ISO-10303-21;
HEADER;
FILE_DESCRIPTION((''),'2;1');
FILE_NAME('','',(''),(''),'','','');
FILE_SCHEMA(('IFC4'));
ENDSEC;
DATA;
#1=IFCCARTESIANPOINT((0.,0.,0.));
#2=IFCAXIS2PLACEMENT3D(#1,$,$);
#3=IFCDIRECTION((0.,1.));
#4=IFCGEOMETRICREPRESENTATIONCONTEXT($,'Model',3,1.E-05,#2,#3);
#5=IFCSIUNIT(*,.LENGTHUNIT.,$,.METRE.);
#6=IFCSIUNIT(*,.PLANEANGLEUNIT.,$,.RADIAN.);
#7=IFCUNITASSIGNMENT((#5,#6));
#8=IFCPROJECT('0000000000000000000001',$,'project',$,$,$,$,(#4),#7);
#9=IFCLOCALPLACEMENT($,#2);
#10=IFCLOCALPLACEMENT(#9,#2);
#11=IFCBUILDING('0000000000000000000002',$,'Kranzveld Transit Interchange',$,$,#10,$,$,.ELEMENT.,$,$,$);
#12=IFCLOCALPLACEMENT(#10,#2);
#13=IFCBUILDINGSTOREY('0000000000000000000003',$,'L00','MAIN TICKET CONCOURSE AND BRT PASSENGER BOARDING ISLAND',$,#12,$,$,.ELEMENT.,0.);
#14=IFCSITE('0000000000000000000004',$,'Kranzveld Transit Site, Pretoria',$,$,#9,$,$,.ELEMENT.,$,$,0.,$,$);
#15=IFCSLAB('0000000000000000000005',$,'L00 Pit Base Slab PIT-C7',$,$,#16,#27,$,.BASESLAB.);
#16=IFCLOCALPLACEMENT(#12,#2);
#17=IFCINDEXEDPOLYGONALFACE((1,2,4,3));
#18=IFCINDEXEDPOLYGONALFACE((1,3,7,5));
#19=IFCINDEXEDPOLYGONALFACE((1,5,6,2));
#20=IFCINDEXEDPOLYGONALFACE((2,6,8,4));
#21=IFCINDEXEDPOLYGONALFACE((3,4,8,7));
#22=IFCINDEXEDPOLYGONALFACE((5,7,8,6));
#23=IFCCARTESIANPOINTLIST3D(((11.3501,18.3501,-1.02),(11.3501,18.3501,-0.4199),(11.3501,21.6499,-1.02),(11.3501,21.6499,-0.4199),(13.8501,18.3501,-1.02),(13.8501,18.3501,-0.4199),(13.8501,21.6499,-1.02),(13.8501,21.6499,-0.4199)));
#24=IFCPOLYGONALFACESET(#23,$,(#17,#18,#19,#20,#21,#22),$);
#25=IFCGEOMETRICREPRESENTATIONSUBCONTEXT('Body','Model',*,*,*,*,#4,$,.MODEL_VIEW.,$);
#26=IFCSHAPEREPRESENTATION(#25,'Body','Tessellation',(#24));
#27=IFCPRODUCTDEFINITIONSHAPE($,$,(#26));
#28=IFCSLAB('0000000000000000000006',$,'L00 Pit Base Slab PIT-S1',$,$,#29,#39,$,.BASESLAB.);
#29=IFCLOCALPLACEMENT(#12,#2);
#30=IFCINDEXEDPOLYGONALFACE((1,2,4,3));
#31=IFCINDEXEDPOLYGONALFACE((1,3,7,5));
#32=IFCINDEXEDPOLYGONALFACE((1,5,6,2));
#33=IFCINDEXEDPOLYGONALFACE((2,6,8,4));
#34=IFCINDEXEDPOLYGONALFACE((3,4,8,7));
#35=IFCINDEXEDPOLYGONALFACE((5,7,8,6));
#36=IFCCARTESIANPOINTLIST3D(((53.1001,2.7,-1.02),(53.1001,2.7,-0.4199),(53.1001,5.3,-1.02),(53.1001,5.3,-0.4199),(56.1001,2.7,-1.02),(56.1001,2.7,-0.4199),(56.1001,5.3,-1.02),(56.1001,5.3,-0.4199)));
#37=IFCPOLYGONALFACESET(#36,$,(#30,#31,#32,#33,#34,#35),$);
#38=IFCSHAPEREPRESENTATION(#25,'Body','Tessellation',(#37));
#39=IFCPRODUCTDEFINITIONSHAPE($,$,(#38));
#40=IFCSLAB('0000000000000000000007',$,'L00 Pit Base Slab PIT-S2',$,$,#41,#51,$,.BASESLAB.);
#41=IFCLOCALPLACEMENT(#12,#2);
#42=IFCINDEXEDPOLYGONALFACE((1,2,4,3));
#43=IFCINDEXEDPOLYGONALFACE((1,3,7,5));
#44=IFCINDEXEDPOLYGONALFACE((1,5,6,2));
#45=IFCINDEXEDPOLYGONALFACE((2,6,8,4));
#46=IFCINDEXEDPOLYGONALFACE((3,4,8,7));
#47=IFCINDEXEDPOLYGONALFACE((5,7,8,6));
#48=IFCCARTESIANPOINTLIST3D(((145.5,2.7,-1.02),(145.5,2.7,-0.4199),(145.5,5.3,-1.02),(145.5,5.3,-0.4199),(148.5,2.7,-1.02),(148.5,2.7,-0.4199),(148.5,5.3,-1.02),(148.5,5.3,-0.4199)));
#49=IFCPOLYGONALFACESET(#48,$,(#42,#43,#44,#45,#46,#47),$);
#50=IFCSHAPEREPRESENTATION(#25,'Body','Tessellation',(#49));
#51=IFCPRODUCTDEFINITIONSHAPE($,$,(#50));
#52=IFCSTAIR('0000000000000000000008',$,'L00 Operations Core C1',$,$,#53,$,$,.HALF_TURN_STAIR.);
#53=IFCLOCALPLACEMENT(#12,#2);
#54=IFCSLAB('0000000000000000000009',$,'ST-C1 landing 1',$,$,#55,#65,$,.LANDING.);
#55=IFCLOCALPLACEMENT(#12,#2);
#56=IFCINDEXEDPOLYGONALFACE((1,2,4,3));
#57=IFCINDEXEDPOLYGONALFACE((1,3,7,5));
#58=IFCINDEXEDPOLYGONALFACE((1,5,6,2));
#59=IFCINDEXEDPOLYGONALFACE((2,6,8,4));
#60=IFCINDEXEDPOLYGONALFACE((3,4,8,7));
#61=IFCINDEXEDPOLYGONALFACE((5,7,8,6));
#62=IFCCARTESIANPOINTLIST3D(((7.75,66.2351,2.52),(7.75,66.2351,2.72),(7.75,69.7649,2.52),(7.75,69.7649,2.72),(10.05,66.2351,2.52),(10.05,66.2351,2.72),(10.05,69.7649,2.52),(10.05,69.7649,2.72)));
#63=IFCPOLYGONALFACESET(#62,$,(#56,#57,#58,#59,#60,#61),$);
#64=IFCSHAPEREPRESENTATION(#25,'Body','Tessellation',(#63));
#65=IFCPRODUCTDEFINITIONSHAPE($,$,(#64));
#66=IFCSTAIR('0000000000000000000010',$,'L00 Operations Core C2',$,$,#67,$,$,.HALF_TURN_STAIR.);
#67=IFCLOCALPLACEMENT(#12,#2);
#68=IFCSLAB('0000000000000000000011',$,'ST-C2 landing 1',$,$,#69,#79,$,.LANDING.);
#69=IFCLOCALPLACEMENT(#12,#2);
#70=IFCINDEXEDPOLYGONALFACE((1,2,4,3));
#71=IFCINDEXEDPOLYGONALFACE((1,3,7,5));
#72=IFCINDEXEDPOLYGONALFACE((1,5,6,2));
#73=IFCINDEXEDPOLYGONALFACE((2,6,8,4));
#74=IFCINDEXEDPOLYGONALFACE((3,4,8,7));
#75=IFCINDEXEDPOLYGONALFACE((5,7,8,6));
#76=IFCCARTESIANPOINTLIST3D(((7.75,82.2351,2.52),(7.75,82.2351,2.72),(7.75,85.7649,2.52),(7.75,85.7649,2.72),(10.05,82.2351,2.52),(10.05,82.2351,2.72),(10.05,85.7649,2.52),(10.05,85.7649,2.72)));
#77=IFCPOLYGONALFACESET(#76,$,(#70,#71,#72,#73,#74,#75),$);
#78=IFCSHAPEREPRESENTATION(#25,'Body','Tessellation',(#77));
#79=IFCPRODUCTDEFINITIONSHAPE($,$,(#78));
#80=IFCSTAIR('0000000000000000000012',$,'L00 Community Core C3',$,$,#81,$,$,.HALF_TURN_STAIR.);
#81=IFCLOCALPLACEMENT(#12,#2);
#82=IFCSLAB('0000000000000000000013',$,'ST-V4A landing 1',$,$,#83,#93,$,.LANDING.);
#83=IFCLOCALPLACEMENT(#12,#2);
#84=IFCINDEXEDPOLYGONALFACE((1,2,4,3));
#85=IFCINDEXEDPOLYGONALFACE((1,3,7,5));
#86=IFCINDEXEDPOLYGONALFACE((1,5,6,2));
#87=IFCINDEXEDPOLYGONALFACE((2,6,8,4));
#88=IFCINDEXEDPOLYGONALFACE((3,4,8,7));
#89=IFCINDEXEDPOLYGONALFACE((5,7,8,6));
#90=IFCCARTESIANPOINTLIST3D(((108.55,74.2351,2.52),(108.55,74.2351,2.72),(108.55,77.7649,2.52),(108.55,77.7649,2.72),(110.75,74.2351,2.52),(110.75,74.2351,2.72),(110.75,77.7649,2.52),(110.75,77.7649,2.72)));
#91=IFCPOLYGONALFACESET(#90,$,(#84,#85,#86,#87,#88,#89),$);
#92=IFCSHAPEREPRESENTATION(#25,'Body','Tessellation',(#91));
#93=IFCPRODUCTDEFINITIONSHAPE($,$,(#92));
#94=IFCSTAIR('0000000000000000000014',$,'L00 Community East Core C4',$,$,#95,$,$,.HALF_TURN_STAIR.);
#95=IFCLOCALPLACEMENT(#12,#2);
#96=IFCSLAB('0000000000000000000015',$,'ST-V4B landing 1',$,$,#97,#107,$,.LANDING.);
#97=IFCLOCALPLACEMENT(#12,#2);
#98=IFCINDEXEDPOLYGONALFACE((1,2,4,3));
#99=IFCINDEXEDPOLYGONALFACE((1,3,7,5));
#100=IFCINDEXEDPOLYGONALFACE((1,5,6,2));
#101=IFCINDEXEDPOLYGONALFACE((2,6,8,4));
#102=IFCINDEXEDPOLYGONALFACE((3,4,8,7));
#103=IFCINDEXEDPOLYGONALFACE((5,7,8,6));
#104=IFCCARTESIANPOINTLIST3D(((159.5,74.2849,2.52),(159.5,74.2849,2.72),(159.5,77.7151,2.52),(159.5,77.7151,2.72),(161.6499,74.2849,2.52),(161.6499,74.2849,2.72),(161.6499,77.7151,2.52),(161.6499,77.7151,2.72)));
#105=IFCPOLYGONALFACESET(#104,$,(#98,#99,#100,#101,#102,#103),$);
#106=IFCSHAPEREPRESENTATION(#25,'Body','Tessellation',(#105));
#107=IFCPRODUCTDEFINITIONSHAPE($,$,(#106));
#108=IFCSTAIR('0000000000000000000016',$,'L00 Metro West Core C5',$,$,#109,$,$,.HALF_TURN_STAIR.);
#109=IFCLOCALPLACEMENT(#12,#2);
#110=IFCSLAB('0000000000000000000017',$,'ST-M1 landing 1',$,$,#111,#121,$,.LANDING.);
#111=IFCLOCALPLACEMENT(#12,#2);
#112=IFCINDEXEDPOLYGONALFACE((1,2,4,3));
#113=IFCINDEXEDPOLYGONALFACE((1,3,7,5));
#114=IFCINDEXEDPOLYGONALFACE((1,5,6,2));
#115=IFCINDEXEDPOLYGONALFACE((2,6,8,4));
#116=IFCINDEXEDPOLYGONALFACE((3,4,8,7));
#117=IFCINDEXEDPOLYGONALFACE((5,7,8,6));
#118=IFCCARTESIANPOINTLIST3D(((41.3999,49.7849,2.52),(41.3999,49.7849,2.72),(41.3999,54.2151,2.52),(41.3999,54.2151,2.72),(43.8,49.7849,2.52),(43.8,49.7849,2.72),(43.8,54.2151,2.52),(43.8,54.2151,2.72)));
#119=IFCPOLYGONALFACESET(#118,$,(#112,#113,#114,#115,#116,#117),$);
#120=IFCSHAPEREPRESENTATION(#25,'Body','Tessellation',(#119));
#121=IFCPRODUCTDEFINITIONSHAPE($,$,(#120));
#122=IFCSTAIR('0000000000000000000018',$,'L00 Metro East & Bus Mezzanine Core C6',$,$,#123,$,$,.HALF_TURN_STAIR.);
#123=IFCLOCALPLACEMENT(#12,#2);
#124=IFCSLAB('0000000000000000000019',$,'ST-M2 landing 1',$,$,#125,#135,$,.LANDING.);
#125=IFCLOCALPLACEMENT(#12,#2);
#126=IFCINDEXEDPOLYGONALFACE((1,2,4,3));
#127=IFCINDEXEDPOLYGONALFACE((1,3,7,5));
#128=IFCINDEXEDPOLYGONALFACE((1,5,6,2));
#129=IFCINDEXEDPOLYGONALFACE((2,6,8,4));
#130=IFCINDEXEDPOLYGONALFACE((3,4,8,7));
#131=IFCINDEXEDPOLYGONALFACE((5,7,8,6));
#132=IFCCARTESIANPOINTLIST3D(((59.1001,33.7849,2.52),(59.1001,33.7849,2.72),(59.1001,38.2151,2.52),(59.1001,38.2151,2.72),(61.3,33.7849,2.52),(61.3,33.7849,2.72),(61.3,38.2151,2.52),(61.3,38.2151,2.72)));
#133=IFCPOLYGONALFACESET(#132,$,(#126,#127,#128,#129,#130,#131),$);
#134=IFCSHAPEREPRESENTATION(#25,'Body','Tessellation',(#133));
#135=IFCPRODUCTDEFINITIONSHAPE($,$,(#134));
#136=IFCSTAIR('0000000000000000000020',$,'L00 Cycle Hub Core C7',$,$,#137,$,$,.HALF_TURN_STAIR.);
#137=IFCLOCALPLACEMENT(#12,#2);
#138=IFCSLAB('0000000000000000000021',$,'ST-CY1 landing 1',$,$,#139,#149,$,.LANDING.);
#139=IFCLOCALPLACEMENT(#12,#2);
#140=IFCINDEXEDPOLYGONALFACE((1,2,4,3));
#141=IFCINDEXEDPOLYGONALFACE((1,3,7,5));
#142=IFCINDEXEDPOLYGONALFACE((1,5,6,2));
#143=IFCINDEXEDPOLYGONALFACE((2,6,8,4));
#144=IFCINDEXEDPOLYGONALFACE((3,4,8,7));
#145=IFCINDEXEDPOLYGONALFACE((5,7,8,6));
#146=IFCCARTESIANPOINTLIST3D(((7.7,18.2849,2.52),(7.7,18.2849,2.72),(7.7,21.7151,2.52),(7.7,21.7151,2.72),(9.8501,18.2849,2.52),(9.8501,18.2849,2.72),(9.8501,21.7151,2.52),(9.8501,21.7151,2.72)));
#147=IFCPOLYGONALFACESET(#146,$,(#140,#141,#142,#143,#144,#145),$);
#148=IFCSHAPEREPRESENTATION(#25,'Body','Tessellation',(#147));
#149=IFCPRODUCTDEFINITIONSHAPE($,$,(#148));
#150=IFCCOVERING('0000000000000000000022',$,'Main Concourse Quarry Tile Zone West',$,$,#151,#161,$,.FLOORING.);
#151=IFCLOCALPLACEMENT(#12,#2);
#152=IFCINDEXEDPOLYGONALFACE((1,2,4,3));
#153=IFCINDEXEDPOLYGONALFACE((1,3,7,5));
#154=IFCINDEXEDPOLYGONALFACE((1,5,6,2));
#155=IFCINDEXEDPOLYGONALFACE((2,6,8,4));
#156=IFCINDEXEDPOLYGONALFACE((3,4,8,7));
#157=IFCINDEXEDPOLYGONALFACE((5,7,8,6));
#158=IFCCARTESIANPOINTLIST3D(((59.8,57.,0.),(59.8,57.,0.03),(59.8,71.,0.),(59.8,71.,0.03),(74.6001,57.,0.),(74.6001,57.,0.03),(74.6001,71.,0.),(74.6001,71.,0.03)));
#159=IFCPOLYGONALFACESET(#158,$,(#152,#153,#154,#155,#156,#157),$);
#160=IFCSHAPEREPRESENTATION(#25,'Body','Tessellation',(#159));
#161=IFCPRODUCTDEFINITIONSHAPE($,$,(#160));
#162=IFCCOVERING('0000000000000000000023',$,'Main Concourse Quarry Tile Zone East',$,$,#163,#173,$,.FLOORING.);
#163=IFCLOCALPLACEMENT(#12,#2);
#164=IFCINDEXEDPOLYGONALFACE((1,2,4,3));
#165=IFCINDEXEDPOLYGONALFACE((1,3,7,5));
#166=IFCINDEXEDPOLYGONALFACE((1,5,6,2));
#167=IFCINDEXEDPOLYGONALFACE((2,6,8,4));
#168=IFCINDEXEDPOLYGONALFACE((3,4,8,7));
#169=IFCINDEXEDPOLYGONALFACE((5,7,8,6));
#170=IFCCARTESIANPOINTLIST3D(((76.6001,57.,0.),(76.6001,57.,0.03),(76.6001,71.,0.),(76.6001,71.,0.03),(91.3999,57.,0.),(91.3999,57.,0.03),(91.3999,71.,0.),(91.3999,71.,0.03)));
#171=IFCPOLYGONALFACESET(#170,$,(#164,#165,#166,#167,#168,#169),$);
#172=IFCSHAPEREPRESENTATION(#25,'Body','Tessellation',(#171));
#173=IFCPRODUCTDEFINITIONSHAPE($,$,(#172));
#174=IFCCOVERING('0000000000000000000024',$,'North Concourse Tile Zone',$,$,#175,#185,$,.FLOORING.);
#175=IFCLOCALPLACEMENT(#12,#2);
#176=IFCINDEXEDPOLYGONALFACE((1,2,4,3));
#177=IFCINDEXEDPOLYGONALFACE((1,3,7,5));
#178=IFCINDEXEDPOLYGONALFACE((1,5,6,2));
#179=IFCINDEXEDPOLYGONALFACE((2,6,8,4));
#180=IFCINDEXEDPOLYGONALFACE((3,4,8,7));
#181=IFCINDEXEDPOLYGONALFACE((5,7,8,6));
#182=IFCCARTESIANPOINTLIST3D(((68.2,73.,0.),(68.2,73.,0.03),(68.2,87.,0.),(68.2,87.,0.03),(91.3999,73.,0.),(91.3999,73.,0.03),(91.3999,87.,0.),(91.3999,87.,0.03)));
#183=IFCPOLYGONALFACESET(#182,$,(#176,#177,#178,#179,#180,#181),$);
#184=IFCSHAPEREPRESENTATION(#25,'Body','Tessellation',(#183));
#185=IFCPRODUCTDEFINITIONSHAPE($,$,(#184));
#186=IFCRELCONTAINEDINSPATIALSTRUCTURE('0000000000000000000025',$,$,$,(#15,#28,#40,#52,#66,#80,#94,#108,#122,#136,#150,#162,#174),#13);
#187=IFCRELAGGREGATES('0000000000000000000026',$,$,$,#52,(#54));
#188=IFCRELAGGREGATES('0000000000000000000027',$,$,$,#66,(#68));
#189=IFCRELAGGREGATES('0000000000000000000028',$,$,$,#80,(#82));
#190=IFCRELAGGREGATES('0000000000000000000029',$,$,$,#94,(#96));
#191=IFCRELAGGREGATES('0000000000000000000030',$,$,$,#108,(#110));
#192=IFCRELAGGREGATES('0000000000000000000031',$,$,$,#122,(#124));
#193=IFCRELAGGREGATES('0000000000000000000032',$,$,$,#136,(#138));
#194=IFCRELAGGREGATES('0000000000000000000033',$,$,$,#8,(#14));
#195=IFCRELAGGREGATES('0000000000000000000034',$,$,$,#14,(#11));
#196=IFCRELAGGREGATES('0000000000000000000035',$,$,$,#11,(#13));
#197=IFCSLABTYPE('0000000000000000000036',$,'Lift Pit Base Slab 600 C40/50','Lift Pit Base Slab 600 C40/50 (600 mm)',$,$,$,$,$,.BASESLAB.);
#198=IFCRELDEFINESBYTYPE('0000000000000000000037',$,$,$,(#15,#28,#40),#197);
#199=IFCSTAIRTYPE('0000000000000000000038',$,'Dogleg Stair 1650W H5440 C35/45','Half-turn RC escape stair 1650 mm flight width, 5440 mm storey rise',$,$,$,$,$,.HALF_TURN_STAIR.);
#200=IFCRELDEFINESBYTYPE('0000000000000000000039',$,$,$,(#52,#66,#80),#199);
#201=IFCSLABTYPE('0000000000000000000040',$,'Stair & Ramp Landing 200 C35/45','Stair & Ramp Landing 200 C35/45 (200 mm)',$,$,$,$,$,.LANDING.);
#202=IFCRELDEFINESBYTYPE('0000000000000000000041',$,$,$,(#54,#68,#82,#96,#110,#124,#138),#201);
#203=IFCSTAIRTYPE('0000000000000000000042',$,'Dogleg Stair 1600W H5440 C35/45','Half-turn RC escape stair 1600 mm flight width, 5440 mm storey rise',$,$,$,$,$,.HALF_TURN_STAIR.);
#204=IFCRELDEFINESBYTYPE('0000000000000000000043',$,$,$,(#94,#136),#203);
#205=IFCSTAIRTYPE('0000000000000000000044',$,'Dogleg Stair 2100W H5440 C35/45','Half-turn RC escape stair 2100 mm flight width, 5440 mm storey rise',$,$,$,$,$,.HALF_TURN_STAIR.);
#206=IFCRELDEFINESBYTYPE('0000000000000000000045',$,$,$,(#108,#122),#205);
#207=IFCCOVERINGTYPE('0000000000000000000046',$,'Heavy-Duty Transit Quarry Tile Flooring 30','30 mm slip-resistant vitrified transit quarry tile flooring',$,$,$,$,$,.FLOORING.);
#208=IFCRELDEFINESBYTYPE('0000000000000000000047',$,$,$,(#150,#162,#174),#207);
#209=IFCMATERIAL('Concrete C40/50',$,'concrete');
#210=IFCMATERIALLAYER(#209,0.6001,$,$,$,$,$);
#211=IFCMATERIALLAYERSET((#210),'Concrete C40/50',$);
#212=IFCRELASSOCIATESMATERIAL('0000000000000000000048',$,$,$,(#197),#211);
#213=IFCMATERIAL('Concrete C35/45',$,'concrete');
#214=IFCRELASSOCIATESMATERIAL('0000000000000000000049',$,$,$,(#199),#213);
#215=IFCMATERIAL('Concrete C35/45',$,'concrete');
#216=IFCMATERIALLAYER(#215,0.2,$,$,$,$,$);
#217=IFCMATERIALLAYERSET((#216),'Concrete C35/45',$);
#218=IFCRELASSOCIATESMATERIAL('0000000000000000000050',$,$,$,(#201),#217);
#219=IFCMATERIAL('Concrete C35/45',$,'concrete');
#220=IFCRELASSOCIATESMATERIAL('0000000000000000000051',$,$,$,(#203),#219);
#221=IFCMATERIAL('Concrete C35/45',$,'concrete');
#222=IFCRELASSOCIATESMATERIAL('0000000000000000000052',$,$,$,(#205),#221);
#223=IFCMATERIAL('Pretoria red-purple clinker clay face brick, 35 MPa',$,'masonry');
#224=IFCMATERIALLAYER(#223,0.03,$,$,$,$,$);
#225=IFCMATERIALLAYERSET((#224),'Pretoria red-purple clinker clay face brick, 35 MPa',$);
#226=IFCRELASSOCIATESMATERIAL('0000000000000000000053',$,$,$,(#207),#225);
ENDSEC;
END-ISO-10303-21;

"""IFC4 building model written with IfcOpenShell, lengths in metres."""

from ifc_helpers import new_model, si_unit, direction, frame, origin, place, context, subcontext, project, spatial, polyline, outline, extrude, material, layer, layer_set, type_object, element, aggregate, save


model = new_model("IFC4")

# Units and contexts
model_context = context("Model", 3, precision=1e-05, world=origin(), true_north=direction((0.0, 1.0)))
body_context = subcontext(model_context, "Body", "Model", "MODEL_VIEW")
ifc_project = project(units=[si_unit("LENGTHUNIT", "METRE"), si_unit("PLANEANGLEUNIT", "RADIAN")], contexts=[model_context])

# Site, building, storey
site_placement = place(None, origin())
site = spatial("IfcSite", under=ifc_project, at=site_placement, Name="Kranzveld Transit Site, Pretoria", CompositionType="ELEMENT", RefElevation=0.0)
building_placement = place(site_placement, origin())
building = spatial("IfcBuilding", under=site, at=building_placement, Name="Kranzveld Transit Interchange", CompositionType="ELEMENT")
storey_placement = place(building_placement, origin())
storey = spatial("IfcBuildingStorey", under=building, at=storey_placement, Name="L00", Description="MAIN TICKET CONCOURSE AND BRT PASSENGER BOARDING ISLAND", CompositionType="ELEMENT", Elevation=0.0)

# Slabs
ifc_material_1 = material(Name="Concrete C40/50", Category="concrete")
ifc_layer_1 = layer(ifc_material_1, 0.6001)
ifc_layer_set_1 = layer_set([ifc_layer_1], Name="Concrete C40/50")
slab_type_1 = type_object("IfcSlabType", Name="Lift Pit Base Slab 600 C40/50", Description="Lift Pit Base Slab 600 C40/50 (600 mm)", PredefinedType="BASESLAB", material=ifc_layer_set_1)
slab_1_placement = place(storey_placement, frame((0.0, 0.0, -1.02)))
element("IfcSlab", 1, at=slab_1_placement, inside=storey, type_object=slab_type_1, Name="L00 Pit Base Slab PIT-C7", PredefinedType="BASESLAB", context=body_context, shape_type="SweptSolid", body=[
    extrude(outline(polyline([(11.3501, 18.3501), (13.8501, 18.3501), (13.8501, 21.6499), (11.3501, 21.6499), (11.3501, 18.3501)])), origin(), (0.0, 0.0, 1.0), 0.6001),
])
slab_2_placement = place(storey_placement, frame((0.0, 0.0, -1.02)))
element("IfcSlab", 2, at=slab_2_placement, inside=storey, type_object=slab_type_1, Name="L00 Pit Base Slab PIT-S1", PredefinedType="BASESLAB", context=body_context, shape_type="SweptSolid", body=[
    extrude(outline(polyline([(53.1001, 2.7), (56.1001, 2.7), (56.1001, 5.3), (53.1001, 5.3), (53.1001, 2.7)])), origin(), (0.0, 0.0, 1.0), 0.6001),
])
slab_3_placement = place(storey_placement, frame((0.0, 0.0, -1.02)))
element("IfcSlab", 3, at=slab_3_placement, inside=storey, type_object=slab_type_1, Name="L00 Pit Base Slab PIT-S2", PredefinedType="BASESLAB", context=body_context, shape_type="SweptSolid", body=[
    extrude(outline(polyline([(145.5, 2.7), (148.5, 2.7), (148.5, 5.3), (145.5, 5.3), (145.5, 2.7)])), origin(), (0.0, 0.0, 1.0), 0.6001),
])

# Stairs, slabs
ifc_material_2 = material(Name="Concrete C35/45", Category="concrete")
stair_type_1 = type_object("IfcStairType", Name="Dogleg Stair 1650W H5440 C35/45", Description="Half-turn RC escape stair 1650 mm flight width, 5440 mm storey rise", PredefinedType="HALF_TURN_STAIR", material=ifc_material_2)
stair_1_placement = place(storey_placement, origin())
stair_1 = element("IfcStair", 4, at=stair_1_placement, inside=storey, type_object=stair_type_1, Name="L00 Operations Core C1", PredefinedType="HALF_TURN_STAIR")
ifc_material_3 = material(Name="Concrete C35/45", Category="concrete")
ifc_layer_2 = layer(ifc_material_3, 0.2)
ifc_layer_set_2 = layer_set([ifc_layer_2], Name="Concrete C35/45")
slab_type_2 = type_object("IfcSlabType", Name="Stair & Ramp Landing 200 C35/45", Description="Stair & Ramp Landing 200 C35/45 (200 mm)", PredefinedType="LANDING", material=ifc_layer_set_2)
slab_4_placement = place(storey_placement, frame((0.0, 0.0, 2.52)))
slab_4 = element("IfcSlab", 5, at=slab_4_placement, type_object=slab_type_2, Name="ST-C1 landing 1", PredefinedType="LANDING", context=body_context, shape_type="SweptSolid", body=[
    extrude(outline(polyline([(7.75, 66.2351), (10.05, 66.2351), (10.05, 69.7649), (7.75, 69.7649), (7.75, 66.2351)])), origin(), (0.0, 0.0, 1.0), 0.2),
])
aggregate(stair_1, [slab_4])
stair_2_placement = place(storey_placement, origin())
stair_2 = element("IfcStair", 6, at=stair_2_placement, inside=storey, type_object=stair_type_1, Name="L00 Operations Core C2", PredefinedType="HALF_TURN_STAIR")
slab_5_placement = place(storey_placement, frame((0.0, 0.0, 2.52)))
slab_5 = element("IfcSlab", 7, at=slab_5_placement, type_object=slab_type_2, Name="ST-C2 landing 1", PredefinedType="LANDING", context=body_context, shape_type="SweptSolid", body=[
    extrude(outline(polyline([(7.75, 82.2351), (10.05, 82.2351), (10.05, 85.7649), (7.75, 85.7649), (7.75, 82.2351)])), origin(), (0.0, 0.0, 1.0), 0.2),
])
aggregate(stair_2, [slab_5])
stair_3_placement = place(storey_placement, origin())
stair_3 = element("IfcStair", 8, at=stair_3_placement, inside=storey, type_object=stair_type_1, Name="L00 Community Core C3", PredefinedType="HALF_TURN_STAIR")
slab_6_placement = place(storey_placement, frame((0.0, 0.0, 2.52)))
slab_6 = element("IfcSlab", 9, at=slab_6_placement, type_object=slab_type_2, Name="ST-V4A landing 1", PredefinedType="LANDING", context=body_context, shape_type="SweptSolid", body=[
    extrude(outline(polyline([(108.55, 74.2351), (110.75, 74.2351), (110.75, 77.7649), (108.55, 77.7649), (108.55, 74.2351)])), origin(), (0.0, 0.0, 1.0), 0.2),
])
aggregate(stair_3, [slab_6])
ifc_material_4 = material(Name="Concrete C35/45", Category="concrete")
stair_type_2 = type_object("IfcStairType", Name="Dogleg Stair 1600W H5440 C35/45", Description="Half-turn RC escape stair 1600 mm flight width, 5440 mm storey rise", PredefinedType="HALF_TURN_STAIR", material=ifc_material_4)
stair_4_placement = place(storey_placement, origin())
stair_4 = element("IfcStair", 10, at=stair_4_placement, inside=storey, type_object=stair_type_2, Name="L00 Community East Core C4", PredefinedType="HALF_TURN_STAIR")
slab_7_placement = place(storey_placement, frame((0.0, 0.0, 2.52)))
slab_7 = element("IfcSlab", 11, at=slab_7_placement, type_object=slab_type_2, Name="ST-V4B landing 1", PredefinedType="LANDING", context=body_context, shape_type="SweptSolid", body=[
    extrude(outline(polyline([(159.5, 74.2849), (161.6499, 74.2849), (161.6499, 77.7151), (159.5, 77.7151), (159.5, 74.2849)])), origin(), (0.0, 0.0, 1.0), 0.2),
])
aggregate(stair_4, [slab_7])
ifc_material_5 = material(Name="Concrete C35/45", Category="concrete")
stair_type_3 = type_object("IfcStairType", Name="Dogleg Stair 2100W H5440 C35/45", Description="Half-turn RC escape stair 2100 mm flight width, 5440 mm storey rise", PredefinedType="HALF_TURN_STAIR", material=ifc_material_5)
stair_5_placement = place(storey_placement, origin())
stair_5 = element("IfcStair", 12, at=stair_5_placement, inside=storey, type_object=stair_type_3, Name="L00 Metro West Core C5", PredefinedType="HALF_TURN_STAIR")
slab_8_placement = place(storey_placement, frame((0.0, 0.0, 2.52)))
slab_8 = element("IfcSlab", 13, at=slab_8_placement, type_object=slab_type_2, Name="ST-M1 landing 1", PredefinedType="LANDING", context=body_context, shape_type="SweptSolid", body=[
    extrude(outline(polyline([(41.3999, 49.7849), (43.8, 49.7849), (43.8, 54.2151), (41.3999, 54.2151), (41.3999, 49.7849)])), origin(), (0.0, 0.0, 1.0), 0.2),
])
aggregate(stair_5, [slab_8])
stair_6_placement = place(storey_placement, origin())
stair_6 = element("IfcStair", 14, at=stair_6_placement, inside=storey, type_object=stair_type_3, Name="L00 Metro East & Bus Mezzanine Core C6", PredefinedType="HALF_TURN_STAIR")
slab_9_placement = place(storey_placement, frame((0.0, 0.0, 2.52)))
slab_9 = element("IfcSlab", 15, at=slab_9_placement, type_object=slab_type_2, Name="ST-M2 landing 1", PredefinedType="LANDING", context=body_context, shape_type="SweptSolid", body=[
    extrude(outline(polyline([(59.1001, 33.7849), (61.3, 33.7849), (61.3, 38.2151), (59.1001, 38.2151), (59.1001, 33.7849)])), origin(), (0.0, 0.0, 1.0), 0.2),
])
aggregate(stair_6, [slab_9])
stair_7_placement = place(storey_placement, origin())
stair_7 = element("IfcStair", 16, at=stair_7_placement, inside=storey, type_object=stair_type_2, Name="L00 Cycle Hub Core C7", PredefinedType="HALF_TURN_STAIR")
slab_10_placement = place(storey_placement, frame((0.0, 0.0, 2.52)))
slab_10 = element("IfcSlab", 17, at=slab_10_placement, type_object=slab_type_2, Name="ST-CY1 landing 1", PredefinedType="LANDING", context=body_context, shape_type="SweptSolid", body=[
    extrude(outline(polyline([(7.7, 18.2849), (9.8501, 18.2849), (9.8501, 21.7151), (7.7, 21.7151), (7.7, 18.2849)])), origin(), (0.0, 0.0, 1.0), 0.2),
])
aggregate(stair_7, [slab_10])

# Coverings
ifc_material_6 = material(Name="Pretoria red-purple clinker clay face brick, 35 MPa", Category="masonry")
ifc_layer_3 = layer(ifc_material_6, 0.03)
ifc_layer_set_3 = layer_set([ifc_layer_3], Name="Pretoria red-purple clinker clay face brick, 35 MPa")
covering_type = type_object("IfcCoveringType", Name="Heavy-Duty Transit Quarry Tile Flooring 30", Description="30 mm slip-resistant vitrified transit quarry tile flooring", PredefinedType="FLOORING", material=ifc_layer_set_3)
covering_1_placement = place(storey_placement, origin())
element("IfcCovering", 18, at=covering_1_placement, inside=storey, type_object=covering_type, Name="Main Concourse Quarry Tile Zone West", PredefinedType="FLOORING", context=body_context, shape_type="SweptSolid", body=[
    extrude(outline(polyline([(59.8, 57.0), (74.6001, 57.0), (74.6001, 71.0), (59.8, 71.0), (59.8, 57.0)])), origin(), (0.0, 0.0, 1.0), 0.03),
])
covering_2_placement = place(storey_placement, origin())
element("IfcCovering", 19, at=covering_2_placement, inside=storey, type_object=covering_type, Name="Main Concourse Quarry Tile Zone East", PredefinedType="FLOORING", context=body_context, shape_type="SweptSolid", body=[
    extrude(outline(polyline([(76.6001, 57.0), (91.3999, 57.0), (91.3999, 71.0), (76.6001, 71.0), (76.6001, 57.0)])), origin(), (0.0, 0.0, 1.0), 0.03),
])
covering_3_placement = place(storey_placement, origin())
element("IfcCovering", 20, at=covering_3_placement, inside=storey, type_object=covering_type, Name="North Concourse Tile Zone", PredefinedType="FLOORING", context=body_context, shape_type="SweptSolid", body=[
    extrude(outline(polyline([(68.2, 73.0), (91.3999, 73.0), (91.3999, 87.0), (68.2, 87.0), (68.2, 73.0)])), origin(), (0.0, 0.0, 1.0), 0.03),
])

save(model, "model.ifc")
